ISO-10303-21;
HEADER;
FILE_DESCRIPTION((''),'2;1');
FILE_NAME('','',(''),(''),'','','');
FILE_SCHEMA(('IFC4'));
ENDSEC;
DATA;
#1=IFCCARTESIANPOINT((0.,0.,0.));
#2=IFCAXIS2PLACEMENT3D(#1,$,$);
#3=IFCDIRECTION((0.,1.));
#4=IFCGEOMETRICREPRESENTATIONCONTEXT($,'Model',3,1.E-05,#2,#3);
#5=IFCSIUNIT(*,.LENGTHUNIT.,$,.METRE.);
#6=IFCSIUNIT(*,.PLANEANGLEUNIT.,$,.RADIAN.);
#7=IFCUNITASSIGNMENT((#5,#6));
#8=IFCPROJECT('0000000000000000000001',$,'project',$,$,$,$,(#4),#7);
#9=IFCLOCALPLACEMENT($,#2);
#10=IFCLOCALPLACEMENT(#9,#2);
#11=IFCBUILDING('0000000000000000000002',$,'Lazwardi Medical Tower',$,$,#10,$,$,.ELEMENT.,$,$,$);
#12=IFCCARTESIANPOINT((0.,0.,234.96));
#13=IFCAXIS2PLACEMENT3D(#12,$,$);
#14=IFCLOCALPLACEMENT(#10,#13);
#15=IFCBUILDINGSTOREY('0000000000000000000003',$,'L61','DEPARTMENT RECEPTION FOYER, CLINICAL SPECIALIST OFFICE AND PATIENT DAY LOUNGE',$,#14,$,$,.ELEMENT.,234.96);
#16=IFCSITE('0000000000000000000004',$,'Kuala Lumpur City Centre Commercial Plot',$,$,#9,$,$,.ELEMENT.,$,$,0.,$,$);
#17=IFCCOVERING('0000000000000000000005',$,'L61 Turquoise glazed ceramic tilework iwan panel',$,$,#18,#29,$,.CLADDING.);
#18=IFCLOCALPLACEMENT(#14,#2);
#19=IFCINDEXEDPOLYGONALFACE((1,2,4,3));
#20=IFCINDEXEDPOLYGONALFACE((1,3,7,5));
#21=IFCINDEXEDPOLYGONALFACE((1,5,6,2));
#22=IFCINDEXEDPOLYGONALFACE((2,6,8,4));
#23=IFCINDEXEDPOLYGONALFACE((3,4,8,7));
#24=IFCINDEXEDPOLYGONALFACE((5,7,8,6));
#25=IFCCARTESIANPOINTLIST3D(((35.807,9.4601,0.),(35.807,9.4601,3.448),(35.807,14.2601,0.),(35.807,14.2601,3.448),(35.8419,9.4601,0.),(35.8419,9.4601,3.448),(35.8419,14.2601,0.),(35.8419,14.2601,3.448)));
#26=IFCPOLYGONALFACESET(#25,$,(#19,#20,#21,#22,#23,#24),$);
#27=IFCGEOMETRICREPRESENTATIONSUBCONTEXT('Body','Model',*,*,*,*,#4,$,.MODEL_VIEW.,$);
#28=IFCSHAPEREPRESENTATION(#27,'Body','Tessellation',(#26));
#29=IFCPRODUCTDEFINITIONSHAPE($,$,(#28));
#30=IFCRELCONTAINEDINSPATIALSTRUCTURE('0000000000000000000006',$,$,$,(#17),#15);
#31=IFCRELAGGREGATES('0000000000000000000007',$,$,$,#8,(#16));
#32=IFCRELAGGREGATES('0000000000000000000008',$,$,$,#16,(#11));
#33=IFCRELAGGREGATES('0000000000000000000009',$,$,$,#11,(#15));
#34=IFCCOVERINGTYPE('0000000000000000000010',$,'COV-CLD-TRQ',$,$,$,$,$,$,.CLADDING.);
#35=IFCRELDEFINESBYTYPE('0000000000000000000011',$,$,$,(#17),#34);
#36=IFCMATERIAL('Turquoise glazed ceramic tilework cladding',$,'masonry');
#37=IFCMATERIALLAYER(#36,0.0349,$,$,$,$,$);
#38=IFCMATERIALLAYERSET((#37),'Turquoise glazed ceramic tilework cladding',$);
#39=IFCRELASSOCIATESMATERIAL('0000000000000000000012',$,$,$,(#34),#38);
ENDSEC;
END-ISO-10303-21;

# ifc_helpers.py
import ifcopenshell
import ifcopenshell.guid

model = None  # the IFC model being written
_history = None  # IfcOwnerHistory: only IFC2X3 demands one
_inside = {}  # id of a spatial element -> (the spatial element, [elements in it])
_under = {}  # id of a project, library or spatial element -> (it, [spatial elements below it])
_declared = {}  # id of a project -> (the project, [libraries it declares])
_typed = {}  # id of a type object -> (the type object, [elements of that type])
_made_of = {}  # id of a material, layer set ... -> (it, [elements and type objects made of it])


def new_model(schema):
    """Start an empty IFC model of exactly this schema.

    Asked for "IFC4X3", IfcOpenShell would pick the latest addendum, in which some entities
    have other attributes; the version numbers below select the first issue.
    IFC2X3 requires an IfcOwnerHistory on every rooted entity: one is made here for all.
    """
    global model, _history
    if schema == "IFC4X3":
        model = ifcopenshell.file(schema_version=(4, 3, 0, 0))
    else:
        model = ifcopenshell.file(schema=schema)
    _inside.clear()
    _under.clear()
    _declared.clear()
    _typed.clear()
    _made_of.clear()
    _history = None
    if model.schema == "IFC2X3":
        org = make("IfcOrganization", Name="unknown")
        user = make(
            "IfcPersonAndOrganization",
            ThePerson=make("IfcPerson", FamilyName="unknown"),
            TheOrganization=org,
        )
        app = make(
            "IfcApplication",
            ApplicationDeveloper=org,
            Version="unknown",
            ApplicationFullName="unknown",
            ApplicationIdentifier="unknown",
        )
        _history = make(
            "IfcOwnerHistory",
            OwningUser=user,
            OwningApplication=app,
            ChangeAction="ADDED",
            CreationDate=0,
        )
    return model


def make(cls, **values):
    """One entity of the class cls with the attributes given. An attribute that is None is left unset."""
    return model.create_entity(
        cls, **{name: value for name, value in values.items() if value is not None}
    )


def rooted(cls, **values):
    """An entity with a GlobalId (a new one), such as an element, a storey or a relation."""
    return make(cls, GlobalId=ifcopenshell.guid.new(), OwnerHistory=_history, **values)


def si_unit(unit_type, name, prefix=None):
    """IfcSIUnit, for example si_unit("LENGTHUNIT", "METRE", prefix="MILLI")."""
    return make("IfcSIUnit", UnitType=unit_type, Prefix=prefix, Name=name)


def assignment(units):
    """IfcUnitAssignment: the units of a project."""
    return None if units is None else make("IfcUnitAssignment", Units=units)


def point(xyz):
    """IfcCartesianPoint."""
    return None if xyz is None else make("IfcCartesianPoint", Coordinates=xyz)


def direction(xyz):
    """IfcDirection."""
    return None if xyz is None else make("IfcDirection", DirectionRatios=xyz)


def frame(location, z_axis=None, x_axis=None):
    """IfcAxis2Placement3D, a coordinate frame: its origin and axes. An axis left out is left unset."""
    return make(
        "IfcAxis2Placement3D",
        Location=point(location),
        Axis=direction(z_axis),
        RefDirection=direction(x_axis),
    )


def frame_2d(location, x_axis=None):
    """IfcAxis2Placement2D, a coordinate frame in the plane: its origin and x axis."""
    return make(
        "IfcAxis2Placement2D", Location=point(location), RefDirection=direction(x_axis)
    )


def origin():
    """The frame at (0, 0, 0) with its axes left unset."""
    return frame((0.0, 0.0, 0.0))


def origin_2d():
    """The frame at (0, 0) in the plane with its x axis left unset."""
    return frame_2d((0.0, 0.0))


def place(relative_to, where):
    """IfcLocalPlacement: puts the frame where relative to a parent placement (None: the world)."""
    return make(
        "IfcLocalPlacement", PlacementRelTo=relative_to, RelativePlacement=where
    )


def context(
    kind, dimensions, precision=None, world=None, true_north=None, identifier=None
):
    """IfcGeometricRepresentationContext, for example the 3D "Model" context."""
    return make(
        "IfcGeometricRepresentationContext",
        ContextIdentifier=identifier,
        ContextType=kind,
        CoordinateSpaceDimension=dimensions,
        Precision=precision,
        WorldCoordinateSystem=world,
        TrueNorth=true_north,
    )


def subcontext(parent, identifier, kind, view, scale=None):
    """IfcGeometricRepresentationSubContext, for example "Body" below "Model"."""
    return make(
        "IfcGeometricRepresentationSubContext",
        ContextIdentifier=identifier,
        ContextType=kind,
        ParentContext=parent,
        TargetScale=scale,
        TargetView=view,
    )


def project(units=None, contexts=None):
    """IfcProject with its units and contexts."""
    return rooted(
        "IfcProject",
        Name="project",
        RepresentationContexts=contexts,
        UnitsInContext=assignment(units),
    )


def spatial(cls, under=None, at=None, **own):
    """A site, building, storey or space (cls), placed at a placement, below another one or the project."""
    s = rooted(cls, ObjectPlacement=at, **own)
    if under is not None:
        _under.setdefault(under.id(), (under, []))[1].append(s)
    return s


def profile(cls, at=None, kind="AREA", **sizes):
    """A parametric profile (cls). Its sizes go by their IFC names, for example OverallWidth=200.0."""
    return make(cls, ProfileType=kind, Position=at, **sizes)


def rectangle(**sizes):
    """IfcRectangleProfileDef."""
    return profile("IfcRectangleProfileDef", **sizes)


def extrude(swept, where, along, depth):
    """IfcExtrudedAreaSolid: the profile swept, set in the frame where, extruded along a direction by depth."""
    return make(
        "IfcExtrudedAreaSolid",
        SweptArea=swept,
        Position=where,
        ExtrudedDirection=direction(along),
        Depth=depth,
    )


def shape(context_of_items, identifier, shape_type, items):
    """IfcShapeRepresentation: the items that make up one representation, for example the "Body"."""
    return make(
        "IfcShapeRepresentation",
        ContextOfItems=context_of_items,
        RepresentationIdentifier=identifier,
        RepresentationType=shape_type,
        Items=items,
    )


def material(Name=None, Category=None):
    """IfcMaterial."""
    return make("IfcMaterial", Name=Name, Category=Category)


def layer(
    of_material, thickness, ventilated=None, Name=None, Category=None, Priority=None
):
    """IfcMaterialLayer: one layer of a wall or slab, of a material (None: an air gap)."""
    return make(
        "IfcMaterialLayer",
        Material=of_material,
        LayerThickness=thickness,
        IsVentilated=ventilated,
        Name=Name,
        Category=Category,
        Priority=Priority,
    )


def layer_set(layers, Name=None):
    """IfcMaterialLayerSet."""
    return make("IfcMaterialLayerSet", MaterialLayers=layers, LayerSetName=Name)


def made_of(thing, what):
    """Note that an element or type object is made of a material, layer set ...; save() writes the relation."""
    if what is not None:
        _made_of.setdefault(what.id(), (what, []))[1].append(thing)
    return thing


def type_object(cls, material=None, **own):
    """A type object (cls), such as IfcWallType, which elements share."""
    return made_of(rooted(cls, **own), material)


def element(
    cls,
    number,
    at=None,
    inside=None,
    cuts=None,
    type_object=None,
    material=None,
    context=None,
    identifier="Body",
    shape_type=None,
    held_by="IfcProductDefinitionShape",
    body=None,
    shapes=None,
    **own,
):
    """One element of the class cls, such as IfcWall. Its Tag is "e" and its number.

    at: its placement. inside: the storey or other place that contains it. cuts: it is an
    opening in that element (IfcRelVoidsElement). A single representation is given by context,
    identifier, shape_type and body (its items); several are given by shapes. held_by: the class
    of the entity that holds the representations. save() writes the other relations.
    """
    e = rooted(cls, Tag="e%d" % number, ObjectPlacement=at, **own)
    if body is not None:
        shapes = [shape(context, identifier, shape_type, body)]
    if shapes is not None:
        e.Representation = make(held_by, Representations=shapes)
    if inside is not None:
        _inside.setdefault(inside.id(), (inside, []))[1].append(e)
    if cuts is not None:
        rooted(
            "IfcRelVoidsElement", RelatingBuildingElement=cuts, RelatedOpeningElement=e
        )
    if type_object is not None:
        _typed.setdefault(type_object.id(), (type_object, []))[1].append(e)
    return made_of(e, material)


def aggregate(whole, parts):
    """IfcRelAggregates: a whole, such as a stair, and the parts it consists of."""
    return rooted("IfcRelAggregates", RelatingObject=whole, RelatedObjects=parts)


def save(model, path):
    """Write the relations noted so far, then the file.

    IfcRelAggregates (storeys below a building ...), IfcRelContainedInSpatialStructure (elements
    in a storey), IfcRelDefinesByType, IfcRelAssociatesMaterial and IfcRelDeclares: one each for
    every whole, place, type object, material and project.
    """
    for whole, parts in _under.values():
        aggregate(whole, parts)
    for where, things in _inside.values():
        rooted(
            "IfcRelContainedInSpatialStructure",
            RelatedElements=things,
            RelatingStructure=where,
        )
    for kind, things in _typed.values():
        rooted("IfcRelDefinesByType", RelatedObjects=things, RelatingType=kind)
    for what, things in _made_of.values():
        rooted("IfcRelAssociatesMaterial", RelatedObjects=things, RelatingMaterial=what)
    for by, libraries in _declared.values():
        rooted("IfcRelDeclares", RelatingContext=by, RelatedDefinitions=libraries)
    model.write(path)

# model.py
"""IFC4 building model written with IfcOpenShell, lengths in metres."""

from ifc_helpers import new_model, si_unit, direction, frame, origin, origin_2d, place, context, subcontext, project, spatial, rectangle, extrude, material, layer, layer_set, type_object, element, save


model = new_model("IFC4")

# Units and contexts
model_context = context("Model", 3, precision=1e-05, world=origin(), true_north=direction((0.0, 1.0)))
body_context = subcontext(model_context, "Body", "Model", "MODEL_VIEW")
ifc_project = project(units=[si_unit("LENGTHUNIT", "METRE"), si_unit("PLANEANGLEUNIT", "RADIAN")], contexts=[model_context])

# Site, building, storey
site_placement = place(None, origin())
site = spatial("IfcSite", under=ifc_project, at=site_placement, Name="Kuala Lumpur City Centre Commercial Plot", CompositionType="ELEMENT", RefElevation=0.0)
building_placement = place(site_placement, origin())
building = spatial("IfcBuilding", under=site, at=building_placement, Name="Lazwardi Medical Tower", CompositionType="ELEMENT")
storey_placement = place(building_placement, frame((0.0, 0.0, 234.96)))
storey = spatial("IfcBuildingStorey", under=building, at=storey_placement, Name="L61", Description="DEPARTMENT RECEPTION FOYER, CLINICAL SPECIALIST OFFICE AND PATIENT DAY LOUNGE", CompositionType="ELEMENT", Elevation=234.96)

# Covering
ifc_material_1 = material(Name="Turquoise glazed ceramic tilework cladding", Category="masonry")
ifc_layer_1 = layer(ifc_material_1, 0.0349)
ifc_layer_set_1 = layer_set([ifc_layer_1], Name="Turquoise glazed ceramic tilework cladding")
covering_type_1 = type_object("IfcCoveringType", Name="COV-CLD-TRQ", PredefinedType="CLADDING", material=ifc_layer_set_1)
covering_1_placement = place(storey_placement, frame((35.8245, 11.8601, 0.0), z_axis=(0.0, 0.0, 1.0), x_axis=(0.0, 1.0, 0.0)))
element("IfcCovering", 1, at=covering_1_placement, inside=storey, type_object=covering_type_1, Name="L61 Turquoise glazed ceramic tilework iwan panel", PredefinedType="CLADDING", context=body_context, shape_type="SweptSolid", body=[
    extrude(rectangle(XDim=4.8, YDim=0.0349, at=origin_2d()), origin(), (0.0, 0.0, 1.0), 3.448),
])

save(model, "model.ifc")
